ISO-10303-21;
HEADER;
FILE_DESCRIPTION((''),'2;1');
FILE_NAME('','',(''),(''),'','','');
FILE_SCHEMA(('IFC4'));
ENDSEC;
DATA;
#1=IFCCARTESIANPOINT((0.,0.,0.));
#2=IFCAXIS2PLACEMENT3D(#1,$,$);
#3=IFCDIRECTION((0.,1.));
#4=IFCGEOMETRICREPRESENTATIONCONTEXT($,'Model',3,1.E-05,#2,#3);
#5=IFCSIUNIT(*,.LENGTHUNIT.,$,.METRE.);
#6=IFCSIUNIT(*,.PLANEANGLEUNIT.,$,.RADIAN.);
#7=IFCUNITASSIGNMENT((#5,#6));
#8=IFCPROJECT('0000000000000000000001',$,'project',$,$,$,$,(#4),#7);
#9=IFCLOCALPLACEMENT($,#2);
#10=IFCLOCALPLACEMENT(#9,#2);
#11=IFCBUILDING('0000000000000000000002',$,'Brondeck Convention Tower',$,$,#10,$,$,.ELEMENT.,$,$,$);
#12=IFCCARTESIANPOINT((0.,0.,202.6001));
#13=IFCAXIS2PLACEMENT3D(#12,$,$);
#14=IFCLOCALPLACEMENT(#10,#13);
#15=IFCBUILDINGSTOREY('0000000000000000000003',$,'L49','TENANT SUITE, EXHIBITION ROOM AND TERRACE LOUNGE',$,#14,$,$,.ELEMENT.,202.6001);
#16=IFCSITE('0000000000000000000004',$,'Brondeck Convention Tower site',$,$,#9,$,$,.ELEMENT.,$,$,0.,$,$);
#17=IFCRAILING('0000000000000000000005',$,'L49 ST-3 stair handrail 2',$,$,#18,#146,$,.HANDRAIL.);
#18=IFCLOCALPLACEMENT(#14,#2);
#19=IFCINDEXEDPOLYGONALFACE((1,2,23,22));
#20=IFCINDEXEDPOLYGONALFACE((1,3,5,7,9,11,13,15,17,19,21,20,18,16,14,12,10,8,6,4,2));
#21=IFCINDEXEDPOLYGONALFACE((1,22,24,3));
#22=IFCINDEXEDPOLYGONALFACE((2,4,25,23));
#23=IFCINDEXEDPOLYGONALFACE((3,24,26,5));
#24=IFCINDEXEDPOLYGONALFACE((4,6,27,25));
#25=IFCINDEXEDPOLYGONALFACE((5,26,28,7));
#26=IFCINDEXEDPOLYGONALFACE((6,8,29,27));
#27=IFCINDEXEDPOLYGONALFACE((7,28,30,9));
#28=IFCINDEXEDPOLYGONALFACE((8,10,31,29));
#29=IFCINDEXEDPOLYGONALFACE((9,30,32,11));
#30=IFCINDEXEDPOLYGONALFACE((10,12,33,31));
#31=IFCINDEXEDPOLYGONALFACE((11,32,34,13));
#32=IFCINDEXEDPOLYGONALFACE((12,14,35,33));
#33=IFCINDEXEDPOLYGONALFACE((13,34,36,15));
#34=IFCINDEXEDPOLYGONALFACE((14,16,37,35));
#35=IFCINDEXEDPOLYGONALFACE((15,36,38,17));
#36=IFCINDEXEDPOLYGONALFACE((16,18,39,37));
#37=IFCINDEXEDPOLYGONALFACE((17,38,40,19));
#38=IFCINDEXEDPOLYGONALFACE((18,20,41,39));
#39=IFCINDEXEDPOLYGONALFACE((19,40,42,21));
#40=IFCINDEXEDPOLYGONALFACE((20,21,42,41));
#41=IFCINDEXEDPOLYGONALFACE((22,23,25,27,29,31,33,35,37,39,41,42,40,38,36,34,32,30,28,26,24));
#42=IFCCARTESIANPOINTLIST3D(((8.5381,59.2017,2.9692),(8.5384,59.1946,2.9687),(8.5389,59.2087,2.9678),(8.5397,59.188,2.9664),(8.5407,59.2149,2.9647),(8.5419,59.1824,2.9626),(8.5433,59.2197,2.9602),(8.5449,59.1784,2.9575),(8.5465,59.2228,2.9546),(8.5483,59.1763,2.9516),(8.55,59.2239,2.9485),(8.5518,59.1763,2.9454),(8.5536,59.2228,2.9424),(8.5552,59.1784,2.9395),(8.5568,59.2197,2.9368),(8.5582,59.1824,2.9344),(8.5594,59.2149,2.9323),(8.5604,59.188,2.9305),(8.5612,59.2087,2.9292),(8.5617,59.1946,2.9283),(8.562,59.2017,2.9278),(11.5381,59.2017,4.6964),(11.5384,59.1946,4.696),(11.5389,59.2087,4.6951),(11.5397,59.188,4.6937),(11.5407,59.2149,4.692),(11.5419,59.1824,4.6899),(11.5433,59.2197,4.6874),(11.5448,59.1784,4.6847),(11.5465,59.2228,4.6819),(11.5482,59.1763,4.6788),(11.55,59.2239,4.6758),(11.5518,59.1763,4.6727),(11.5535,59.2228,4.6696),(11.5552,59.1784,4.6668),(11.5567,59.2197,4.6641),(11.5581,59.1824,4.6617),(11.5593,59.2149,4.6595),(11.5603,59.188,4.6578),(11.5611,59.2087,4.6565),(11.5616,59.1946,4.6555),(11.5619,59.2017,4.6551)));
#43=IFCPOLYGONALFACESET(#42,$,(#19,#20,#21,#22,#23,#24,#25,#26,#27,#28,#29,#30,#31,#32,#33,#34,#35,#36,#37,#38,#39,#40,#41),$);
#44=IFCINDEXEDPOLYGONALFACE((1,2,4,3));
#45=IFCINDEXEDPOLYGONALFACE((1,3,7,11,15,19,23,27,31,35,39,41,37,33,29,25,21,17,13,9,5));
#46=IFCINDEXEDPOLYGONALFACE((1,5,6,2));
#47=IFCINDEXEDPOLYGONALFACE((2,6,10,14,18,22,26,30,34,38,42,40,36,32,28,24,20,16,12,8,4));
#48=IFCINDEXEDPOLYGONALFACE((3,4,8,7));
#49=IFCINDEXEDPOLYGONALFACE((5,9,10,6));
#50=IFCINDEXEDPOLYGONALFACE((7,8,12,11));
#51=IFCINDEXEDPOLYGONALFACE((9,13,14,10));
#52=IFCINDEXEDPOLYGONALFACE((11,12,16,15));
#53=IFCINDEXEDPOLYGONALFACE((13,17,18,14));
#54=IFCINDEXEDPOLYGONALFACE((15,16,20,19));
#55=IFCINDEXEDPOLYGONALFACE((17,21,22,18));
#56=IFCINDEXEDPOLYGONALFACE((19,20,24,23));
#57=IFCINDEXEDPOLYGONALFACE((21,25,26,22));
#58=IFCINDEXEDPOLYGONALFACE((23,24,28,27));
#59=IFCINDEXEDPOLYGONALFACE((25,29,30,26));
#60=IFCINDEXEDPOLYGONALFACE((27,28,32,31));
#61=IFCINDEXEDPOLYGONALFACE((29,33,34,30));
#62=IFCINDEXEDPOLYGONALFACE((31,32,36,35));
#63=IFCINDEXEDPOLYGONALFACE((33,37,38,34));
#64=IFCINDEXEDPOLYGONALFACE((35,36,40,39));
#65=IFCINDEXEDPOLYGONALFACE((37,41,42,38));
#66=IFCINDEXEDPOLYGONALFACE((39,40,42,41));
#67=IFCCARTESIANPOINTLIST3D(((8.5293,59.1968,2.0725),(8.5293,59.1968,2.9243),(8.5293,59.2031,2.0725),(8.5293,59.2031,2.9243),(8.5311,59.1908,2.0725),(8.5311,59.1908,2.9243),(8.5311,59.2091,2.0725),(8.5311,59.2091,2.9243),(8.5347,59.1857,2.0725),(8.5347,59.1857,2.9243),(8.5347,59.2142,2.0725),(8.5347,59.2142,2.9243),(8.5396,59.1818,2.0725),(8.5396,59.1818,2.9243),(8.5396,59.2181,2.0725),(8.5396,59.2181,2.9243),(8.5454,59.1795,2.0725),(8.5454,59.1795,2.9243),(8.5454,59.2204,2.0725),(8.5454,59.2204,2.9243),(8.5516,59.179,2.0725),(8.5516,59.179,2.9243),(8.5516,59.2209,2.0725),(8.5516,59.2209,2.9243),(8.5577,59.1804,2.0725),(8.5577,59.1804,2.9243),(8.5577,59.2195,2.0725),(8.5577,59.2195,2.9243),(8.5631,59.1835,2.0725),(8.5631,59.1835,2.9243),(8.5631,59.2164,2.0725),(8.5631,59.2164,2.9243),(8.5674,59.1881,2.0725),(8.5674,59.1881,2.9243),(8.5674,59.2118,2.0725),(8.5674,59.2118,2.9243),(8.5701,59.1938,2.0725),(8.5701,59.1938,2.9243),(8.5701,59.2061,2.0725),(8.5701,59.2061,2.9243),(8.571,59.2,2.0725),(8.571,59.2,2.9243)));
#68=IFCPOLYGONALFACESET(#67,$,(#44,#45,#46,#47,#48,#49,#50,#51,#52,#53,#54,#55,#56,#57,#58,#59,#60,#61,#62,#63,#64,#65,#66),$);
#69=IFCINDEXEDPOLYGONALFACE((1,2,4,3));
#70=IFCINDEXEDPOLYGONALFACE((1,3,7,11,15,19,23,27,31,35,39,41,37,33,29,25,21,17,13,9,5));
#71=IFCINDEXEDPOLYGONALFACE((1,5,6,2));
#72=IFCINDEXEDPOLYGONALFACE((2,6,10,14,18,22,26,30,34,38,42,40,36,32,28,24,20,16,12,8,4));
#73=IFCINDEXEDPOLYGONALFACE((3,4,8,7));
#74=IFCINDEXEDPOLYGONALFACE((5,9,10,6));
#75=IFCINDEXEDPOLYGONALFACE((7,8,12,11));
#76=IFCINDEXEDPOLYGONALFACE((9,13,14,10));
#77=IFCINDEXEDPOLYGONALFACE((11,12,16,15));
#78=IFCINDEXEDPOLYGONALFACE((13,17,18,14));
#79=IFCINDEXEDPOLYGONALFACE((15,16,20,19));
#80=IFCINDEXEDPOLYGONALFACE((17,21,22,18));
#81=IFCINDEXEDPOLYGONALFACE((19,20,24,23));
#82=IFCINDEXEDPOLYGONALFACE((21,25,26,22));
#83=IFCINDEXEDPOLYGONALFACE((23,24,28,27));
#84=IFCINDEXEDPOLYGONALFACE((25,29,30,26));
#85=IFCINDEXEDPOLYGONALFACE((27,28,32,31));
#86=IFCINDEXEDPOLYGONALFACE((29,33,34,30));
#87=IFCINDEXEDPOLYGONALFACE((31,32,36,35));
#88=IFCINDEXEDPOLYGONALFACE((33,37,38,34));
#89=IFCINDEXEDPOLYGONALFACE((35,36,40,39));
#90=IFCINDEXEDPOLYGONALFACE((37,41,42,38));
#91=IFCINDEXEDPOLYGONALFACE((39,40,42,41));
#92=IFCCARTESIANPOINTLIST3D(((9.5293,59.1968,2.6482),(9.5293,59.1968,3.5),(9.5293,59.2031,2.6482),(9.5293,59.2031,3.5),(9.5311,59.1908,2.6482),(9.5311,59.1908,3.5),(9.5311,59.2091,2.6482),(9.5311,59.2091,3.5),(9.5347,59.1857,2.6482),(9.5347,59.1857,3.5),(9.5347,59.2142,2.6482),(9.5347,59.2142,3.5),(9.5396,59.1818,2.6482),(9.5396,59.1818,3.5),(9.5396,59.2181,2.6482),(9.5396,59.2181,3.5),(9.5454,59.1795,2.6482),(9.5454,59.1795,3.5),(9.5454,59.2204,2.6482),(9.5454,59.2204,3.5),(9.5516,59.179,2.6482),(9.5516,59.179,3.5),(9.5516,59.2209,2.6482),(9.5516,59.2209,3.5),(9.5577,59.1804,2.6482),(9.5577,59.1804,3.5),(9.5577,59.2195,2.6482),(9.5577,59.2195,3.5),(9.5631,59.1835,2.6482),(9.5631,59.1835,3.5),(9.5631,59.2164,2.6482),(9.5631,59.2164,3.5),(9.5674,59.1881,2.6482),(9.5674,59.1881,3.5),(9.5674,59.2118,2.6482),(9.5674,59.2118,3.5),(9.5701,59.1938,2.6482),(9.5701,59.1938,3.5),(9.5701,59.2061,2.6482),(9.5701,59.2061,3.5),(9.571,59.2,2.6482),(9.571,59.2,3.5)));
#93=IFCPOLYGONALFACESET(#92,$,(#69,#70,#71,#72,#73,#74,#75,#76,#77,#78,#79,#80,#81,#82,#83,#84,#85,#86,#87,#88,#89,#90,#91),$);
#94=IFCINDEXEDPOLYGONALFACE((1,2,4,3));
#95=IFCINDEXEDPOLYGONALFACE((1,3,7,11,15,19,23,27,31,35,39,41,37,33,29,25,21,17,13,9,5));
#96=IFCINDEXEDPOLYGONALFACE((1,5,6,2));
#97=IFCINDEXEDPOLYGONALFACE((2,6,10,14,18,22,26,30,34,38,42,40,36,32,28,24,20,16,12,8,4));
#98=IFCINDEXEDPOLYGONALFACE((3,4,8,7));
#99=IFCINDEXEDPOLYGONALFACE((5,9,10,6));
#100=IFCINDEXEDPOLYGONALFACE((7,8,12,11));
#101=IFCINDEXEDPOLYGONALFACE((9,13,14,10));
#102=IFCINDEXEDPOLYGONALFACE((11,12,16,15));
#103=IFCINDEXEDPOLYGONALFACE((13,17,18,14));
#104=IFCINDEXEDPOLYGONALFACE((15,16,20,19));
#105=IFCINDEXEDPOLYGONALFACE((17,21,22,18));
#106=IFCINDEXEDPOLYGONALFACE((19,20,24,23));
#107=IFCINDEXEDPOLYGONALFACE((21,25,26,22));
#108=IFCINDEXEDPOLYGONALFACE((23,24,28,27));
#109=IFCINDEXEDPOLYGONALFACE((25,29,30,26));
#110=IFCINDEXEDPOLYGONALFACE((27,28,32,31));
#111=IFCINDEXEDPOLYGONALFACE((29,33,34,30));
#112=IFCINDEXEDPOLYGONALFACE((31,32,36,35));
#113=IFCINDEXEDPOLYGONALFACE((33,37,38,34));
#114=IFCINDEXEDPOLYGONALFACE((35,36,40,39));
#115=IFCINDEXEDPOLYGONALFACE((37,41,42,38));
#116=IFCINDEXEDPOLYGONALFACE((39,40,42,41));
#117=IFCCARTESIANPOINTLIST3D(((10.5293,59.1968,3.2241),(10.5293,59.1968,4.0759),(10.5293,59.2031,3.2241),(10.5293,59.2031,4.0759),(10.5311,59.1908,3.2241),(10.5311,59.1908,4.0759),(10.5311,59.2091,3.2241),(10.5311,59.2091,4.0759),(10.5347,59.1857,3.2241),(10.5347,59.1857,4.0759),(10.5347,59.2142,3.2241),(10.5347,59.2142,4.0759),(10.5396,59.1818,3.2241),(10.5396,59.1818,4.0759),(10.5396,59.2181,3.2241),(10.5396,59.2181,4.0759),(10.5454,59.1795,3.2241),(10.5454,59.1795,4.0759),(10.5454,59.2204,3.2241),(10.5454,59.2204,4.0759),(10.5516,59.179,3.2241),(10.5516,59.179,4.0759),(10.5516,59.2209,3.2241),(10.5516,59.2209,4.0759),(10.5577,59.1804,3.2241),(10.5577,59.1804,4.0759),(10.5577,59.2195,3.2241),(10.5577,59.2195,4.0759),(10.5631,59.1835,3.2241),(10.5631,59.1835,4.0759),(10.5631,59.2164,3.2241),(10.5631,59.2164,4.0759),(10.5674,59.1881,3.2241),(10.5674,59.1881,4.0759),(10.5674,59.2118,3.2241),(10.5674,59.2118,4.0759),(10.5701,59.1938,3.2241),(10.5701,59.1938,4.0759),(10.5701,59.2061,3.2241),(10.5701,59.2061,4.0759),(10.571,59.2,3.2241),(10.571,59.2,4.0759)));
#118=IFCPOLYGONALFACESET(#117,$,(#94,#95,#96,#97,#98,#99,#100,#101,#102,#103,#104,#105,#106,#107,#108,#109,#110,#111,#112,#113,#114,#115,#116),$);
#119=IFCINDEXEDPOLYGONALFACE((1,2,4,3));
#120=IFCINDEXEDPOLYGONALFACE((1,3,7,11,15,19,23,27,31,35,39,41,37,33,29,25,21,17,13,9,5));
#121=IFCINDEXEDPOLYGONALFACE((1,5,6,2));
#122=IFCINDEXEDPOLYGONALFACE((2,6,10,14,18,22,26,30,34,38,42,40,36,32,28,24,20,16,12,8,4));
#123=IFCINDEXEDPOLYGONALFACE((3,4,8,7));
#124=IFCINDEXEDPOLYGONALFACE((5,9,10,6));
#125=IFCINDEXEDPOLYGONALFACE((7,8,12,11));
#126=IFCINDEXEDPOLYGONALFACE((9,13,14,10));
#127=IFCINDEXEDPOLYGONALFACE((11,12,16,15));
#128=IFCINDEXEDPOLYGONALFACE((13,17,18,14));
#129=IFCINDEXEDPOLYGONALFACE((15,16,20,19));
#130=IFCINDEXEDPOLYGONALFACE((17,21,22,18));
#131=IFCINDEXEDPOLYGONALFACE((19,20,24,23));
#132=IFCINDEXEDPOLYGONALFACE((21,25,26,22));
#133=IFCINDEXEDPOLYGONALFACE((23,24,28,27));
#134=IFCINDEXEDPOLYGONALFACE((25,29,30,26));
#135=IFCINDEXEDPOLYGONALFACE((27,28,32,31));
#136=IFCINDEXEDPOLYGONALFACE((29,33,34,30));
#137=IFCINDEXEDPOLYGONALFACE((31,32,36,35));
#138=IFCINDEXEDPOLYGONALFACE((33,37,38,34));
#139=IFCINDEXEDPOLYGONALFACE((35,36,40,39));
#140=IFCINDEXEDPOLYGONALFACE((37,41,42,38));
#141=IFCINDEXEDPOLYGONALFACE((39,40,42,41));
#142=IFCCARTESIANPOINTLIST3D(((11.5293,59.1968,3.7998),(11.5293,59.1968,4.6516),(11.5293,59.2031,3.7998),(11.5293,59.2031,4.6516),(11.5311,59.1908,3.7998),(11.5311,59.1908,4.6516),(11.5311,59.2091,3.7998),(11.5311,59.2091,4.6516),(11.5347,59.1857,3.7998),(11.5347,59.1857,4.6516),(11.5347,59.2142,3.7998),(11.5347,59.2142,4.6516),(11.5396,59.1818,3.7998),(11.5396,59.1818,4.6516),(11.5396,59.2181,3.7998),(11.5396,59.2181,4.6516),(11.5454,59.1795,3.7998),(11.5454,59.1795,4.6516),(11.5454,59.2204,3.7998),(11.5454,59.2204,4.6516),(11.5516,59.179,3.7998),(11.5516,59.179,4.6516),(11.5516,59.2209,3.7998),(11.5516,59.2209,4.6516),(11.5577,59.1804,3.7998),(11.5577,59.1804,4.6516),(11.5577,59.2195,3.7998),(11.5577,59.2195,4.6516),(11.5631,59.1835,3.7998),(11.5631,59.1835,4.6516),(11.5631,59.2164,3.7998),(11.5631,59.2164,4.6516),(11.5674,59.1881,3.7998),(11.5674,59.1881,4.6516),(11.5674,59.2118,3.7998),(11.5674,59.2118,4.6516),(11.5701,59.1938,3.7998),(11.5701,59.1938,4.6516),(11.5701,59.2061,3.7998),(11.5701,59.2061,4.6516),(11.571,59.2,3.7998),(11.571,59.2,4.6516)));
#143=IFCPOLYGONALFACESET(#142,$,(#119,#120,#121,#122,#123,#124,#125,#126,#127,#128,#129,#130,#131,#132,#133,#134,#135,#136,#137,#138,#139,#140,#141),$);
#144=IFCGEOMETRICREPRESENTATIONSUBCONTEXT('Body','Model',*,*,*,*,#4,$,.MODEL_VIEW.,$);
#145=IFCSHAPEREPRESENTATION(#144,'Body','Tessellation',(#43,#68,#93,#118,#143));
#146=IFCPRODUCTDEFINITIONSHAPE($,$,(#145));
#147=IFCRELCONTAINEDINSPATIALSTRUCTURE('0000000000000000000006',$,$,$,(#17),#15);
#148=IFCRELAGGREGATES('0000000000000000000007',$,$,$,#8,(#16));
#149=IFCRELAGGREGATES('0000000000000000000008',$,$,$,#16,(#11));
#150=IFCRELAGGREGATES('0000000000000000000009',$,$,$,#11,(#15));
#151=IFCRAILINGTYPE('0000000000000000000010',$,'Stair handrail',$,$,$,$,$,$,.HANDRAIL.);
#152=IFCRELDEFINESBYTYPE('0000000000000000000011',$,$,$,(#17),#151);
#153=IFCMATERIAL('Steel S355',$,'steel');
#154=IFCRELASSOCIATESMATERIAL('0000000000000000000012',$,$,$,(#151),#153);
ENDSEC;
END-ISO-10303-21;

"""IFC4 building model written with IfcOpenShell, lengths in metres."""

from ifc_helpers import new_model, si_unit, direction, frame, origin, origin_2d, place, context, subcontext, project, spatial, circle, extrude, material, type_object, element, save


model = new_model("IFC4")

# Units and contexts
model_context = context("Model", 3, precision=1e-05, world=origin(), true_north=direction((0.0, 1.0)))
body_context = subcontext(model_context, "Body", "Model", "MODEL_VIEW")
ifc_project = project(units=[si_unit("LENGTHUNIT", "METRE"), si_unit("PLANEANGLEUNIT", "RADIAN")], contexts=[model_context])

# Site, building, storey
site_placement = place(None, origin())
site = spatial("IfcSite", under=ifc_project, at=site_placement, Name="Brondeck Convention Tower site", CompositionType="ELEMENT", RefElevation=0.0)
building_placement = place(site_placement, origin())
building = spatial("IfcBuilding", under=site, at=building_placement, Name="Brondeck Convention Tower", CompositionType="ELEMENT")
storey_placement = place(building_placement, frame((0.0, 0.0, 202.6001)))
storey = spatial("IfcBuildingStorey", under=building, at=storey_placement, Name="L49", Description="TENANT SUITE, EXHIBITION ROOM AND TERRACE LOUNGE", CompositionType="ELEMENT", Elevation=202.6001)

# Railing
ifc_material_1 = material(Name="Steel S355", Category="steel")
railing_type_1 = type_object("IfcRailingType", Name="Stair handrail", PredefinedType="HANDRAIL", material=ifc_material_1)
railing_1_placement = place(storey_placement, frame((8.55, 59.2, 2.0725)))
element("IfcRailing", 1, at=railing_1_placement, inside=storey, type_object=railing_type_1, Name="L49 ST-3 stair handrail 2", PredefinedType="HANDRAIL", context=body_context, shape_type="SweptSolid", body=[
    extrude(circle(Radius=0.0239, at=origin_2d()), frame((0.0, 0.0, 0.876), z_axis=(0.86662, 0.0, 0.498969), x_axis=(0.0, 1.0, 0.0)), (0.0, 0.0, 1.0), 3.4617),
    extrude(circle(Radius=0.021, at=origin_2d()), origin(), (0.0, 0.0, 1.0), 0.8518),
    extrude(circle(Radius=0.021, at=origin_2d()), frame((1.0, 0.0, 0.5757)), (0.0, 0.0, 1.0), 0.8518),
    extrude(circle(Radius=0.021, at=origin_2d()), frame((2.0, 0.0, 1.1516)), (0.0, 0.0, 1.0), 0.8518),
    extrude(circle(Radius=0.021, at=origin_2d()), frame((3.0, 0.0, 1.7273)), (0.0, 0.0, 1.0), 0.8518),
])

save(model, "model.ifc")
